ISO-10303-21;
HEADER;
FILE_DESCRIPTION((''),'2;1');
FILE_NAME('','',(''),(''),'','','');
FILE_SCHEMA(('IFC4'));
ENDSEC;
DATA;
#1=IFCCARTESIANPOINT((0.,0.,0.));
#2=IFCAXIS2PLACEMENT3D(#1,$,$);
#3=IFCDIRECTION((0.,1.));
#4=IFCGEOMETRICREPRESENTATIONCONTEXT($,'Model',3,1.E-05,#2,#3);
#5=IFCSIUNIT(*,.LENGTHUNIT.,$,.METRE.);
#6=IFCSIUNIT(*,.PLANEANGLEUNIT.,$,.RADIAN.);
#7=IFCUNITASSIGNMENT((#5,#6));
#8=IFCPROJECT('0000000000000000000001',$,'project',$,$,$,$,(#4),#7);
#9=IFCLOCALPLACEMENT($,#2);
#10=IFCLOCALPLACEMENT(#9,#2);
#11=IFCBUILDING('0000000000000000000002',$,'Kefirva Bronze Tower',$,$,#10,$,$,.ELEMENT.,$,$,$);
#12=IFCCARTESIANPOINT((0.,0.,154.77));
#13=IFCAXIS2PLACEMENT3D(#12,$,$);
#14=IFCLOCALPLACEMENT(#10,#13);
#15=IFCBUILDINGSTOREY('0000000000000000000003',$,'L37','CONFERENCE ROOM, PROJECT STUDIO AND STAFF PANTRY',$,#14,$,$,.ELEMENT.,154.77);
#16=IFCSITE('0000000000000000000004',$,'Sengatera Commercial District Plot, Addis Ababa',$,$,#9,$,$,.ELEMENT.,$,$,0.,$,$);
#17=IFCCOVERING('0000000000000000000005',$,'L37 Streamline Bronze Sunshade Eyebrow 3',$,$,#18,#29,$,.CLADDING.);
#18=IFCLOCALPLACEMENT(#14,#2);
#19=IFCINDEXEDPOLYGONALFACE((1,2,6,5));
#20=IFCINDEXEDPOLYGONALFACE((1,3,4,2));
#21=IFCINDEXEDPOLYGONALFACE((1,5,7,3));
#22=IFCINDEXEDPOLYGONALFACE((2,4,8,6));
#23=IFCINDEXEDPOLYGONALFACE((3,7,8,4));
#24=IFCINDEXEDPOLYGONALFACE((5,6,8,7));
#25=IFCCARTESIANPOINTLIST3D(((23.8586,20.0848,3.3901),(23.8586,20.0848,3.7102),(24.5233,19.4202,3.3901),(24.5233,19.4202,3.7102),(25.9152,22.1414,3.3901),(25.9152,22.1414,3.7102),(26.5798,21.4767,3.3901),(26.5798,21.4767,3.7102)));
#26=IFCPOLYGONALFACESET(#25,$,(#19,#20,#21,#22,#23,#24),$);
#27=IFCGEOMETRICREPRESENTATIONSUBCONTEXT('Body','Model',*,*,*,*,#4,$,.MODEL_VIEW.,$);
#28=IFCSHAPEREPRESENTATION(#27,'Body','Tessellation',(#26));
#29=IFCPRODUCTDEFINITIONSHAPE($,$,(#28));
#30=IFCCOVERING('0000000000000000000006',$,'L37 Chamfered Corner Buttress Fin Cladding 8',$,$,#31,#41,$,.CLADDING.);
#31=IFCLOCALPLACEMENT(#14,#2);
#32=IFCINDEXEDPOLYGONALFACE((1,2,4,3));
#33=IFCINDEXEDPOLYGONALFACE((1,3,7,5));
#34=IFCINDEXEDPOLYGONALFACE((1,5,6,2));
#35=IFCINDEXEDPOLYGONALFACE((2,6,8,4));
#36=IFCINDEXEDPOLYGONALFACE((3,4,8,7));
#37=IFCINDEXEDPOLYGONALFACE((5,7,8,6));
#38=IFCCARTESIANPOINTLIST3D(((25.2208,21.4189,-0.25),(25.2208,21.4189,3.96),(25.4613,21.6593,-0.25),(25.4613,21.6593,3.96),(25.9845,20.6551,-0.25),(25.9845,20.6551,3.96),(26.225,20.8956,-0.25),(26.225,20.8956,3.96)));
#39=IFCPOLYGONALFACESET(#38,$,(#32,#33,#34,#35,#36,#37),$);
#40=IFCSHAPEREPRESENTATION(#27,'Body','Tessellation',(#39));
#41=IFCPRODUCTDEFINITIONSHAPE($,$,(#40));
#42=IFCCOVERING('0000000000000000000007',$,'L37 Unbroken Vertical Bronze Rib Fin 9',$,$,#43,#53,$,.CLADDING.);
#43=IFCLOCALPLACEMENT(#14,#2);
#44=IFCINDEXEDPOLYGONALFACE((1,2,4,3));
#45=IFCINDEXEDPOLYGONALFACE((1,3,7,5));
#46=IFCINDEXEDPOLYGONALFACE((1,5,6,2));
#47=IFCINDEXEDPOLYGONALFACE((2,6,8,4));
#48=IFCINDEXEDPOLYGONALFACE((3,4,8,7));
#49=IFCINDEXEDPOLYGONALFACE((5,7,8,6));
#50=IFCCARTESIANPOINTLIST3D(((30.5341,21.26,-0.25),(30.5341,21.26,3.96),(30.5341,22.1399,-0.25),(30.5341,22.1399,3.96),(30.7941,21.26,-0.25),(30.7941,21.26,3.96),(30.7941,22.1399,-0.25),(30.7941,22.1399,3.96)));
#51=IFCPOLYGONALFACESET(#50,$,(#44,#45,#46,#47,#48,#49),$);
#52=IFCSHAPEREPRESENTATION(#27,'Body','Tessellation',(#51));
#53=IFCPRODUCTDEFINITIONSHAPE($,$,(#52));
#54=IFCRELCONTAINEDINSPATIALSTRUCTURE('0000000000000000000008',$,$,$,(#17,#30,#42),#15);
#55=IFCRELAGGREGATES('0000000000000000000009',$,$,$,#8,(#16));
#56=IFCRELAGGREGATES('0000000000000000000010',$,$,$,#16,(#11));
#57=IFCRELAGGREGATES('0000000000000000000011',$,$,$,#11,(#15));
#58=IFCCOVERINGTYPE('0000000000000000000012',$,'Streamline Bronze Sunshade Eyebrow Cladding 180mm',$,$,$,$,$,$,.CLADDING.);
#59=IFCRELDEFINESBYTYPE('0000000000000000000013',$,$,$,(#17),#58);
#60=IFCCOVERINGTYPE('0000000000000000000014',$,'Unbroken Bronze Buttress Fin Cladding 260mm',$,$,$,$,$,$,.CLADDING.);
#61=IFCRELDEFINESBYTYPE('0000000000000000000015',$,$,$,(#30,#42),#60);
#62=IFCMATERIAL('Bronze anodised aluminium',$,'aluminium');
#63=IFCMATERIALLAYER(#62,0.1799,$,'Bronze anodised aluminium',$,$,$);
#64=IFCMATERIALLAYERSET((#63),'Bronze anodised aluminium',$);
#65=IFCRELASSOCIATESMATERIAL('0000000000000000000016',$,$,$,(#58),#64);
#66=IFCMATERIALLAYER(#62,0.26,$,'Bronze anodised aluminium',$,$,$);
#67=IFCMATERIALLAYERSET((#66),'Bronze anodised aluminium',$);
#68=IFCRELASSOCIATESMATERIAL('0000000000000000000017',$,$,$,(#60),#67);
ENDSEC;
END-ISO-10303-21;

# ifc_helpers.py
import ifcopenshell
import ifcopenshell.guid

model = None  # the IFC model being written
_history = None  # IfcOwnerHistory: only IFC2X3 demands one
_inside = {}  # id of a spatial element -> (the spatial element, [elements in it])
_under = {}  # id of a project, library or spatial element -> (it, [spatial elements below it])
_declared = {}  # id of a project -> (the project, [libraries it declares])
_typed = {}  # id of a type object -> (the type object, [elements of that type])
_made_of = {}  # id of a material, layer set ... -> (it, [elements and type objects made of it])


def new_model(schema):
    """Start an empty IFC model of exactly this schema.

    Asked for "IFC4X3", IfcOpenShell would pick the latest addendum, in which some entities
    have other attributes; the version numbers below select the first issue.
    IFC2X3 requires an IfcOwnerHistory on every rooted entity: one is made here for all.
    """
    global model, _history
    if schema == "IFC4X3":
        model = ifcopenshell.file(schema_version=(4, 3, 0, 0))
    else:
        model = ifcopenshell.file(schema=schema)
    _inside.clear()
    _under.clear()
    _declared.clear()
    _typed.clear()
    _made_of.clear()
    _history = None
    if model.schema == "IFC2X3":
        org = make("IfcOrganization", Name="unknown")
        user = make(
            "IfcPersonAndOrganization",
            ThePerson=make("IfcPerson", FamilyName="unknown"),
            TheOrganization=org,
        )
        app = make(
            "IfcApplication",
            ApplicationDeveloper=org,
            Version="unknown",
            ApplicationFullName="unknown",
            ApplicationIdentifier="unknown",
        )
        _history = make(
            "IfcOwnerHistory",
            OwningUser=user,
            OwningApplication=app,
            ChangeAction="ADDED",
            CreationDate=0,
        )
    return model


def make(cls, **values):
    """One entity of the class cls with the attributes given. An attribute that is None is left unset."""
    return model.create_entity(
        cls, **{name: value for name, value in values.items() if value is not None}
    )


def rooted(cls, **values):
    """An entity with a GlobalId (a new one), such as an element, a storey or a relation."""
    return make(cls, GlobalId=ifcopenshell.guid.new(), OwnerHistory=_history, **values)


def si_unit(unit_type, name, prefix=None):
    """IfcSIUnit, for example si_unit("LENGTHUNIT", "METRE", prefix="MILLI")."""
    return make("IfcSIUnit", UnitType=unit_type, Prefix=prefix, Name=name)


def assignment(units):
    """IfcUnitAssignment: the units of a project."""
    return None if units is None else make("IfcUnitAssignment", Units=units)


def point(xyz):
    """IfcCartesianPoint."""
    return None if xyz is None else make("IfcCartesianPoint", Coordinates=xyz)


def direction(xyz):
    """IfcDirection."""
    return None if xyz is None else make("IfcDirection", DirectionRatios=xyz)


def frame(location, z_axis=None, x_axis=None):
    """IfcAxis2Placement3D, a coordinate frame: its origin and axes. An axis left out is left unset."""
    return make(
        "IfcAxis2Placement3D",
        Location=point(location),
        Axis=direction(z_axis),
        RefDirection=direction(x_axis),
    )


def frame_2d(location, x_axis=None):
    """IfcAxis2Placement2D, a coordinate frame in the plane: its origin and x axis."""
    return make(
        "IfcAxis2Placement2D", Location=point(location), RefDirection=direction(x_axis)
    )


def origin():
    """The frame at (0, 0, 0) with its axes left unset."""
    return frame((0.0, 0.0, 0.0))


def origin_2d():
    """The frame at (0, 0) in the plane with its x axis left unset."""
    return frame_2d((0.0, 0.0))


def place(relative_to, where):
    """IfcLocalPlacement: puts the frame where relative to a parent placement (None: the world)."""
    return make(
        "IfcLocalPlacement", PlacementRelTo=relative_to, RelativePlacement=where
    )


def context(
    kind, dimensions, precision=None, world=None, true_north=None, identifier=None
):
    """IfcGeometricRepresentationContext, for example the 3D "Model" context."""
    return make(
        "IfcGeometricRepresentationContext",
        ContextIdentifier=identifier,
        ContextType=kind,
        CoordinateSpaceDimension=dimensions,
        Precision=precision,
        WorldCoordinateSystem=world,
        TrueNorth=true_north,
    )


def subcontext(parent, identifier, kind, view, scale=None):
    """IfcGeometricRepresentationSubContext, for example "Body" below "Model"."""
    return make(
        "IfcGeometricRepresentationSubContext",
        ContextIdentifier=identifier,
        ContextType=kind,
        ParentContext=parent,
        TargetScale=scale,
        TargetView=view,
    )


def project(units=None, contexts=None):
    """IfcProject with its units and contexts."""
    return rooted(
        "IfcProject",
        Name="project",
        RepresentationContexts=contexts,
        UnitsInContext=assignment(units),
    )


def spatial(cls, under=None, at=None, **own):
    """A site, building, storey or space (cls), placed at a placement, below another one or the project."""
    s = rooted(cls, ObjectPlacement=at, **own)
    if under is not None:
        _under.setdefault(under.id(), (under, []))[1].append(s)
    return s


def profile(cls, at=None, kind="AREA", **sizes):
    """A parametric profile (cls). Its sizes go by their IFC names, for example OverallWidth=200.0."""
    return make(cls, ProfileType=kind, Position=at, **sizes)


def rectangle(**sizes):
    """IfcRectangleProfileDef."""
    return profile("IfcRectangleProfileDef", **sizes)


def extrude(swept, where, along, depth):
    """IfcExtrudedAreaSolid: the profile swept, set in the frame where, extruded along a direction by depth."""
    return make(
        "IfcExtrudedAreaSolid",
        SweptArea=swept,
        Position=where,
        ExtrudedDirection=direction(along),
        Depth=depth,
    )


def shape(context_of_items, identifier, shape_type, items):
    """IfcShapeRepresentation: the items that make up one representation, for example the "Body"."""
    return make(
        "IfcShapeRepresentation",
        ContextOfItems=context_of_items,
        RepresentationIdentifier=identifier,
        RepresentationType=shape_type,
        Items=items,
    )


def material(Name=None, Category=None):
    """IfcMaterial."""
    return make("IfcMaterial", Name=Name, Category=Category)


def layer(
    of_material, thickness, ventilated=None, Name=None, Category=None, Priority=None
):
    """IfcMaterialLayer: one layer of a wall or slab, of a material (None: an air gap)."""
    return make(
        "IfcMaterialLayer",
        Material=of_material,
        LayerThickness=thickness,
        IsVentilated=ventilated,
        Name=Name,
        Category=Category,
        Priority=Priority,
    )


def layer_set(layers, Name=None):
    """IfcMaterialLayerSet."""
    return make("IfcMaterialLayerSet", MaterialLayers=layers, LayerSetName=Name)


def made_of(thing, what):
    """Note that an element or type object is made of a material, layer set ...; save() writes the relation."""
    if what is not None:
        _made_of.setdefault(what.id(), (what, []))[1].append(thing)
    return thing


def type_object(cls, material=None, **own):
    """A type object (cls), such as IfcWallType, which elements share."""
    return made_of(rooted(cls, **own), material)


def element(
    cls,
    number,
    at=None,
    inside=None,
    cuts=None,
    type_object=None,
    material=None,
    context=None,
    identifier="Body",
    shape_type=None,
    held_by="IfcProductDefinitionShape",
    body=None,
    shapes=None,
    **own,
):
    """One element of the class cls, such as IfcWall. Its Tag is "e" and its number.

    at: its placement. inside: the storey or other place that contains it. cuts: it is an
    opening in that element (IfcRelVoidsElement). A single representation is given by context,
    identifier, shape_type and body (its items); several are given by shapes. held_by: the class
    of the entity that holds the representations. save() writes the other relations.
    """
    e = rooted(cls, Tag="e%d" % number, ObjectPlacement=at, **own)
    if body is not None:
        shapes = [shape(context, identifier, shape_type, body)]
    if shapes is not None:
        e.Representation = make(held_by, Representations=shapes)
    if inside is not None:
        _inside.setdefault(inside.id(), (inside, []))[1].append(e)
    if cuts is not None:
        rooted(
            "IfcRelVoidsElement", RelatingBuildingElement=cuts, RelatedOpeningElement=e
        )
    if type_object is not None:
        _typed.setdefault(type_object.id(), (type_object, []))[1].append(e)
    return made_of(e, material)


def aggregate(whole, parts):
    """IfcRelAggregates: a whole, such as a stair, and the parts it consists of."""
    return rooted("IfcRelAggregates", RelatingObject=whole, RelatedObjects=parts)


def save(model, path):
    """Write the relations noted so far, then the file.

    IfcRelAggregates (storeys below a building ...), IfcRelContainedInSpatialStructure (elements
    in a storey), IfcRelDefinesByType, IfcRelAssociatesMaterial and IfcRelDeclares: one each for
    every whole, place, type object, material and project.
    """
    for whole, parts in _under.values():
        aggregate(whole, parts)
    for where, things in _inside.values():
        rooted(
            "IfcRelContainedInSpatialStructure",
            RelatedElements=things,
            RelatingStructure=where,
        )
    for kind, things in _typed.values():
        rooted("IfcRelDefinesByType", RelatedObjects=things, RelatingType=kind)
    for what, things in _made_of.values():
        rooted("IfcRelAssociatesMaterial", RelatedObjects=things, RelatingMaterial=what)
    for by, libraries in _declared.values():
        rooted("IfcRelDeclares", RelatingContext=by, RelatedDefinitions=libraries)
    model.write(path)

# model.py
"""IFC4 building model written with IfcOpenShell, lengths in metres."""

from ifc_helpers import new_model, si_unit, direction, frame, origin, origin_2d, place, context, subcontext, project, spatial, rectangle, extrude, material, layer, layer_set, type_object, element, save


model = new_model("IFC4")

# Units and contexts
model_context = context("Model", 3, precision=1e-05, world=origin(), true_north=direction((0.0, 1.0)))
body_context = subcontext(model_context, "Body", "Model", "MODEL_VIEW")
ifc_project = project(units=[si_unit("LENGTHUNIT", "METRE"), si_unit("PLANEANGLEUNIT", "RADIAN")], contexts=[model_context])

# Site, building, storey
site_placement = place(None, origin())
site = spatial("IfcSite", under=ifc_project, at=site_placement, Name="Sengatera Commercial District Plot, Addis Ababa", CompositionType="ELEMENT", RefElevation=0.0)
building_placement = place(site_placement, origin())
building = spatial("IfcBuilding", under=site, at=building_placement, Name="Kefirva Bronze Tower", CompositionType="ELEMENT")
storey_placement = place(building_placement, frame((0.0, 0.0, 154.77)))
storey = spatial("IfcBuildingStorey", under=building, at=storey_placement, Name="L37", Description="CONFERENCE ROOM, PROJECT STUDIO AND STAFF PANTRY", CompositionType="ELEMENT", Elevation=154.77)

# Shared definitions
ifc_material_1 = material(Name="Bronze anodised aluminium", Category="aluminium")

# Coverings
ifc_layer_1 = layer(ifc_material_1, 0.1799, Name="Bronze anodised aluminium")
ifc_layer_set_1 = layer_set([ifc_layer_1], Name="Bronze anodised aluminium")
covering_type_1 = type_object("IfcCoveringType", Name="Streamline Bronze Sunshade Eyebrow Cladding 180mm", PredefinedType="CLADDING", material=ifc_layer_set_1)
covering_1_placement = place(storey_placement, frame((25.2192, 20.7808, 3.3901), z_axis=(0.0, 0.0, 1.0), x_axis=(0.707107, 0.707107, 0.0)))
element("IfcCovering", 1, at=covering_1_placement, inside=storey, type_object=covering_type_1, Name="L37 Streamline Bronze Sunshade Eyebrow 3", PredefinedType="CLADDING", context=body_context, shape_type="SweptSolid", body=[
    extrude(rectangle(XDim=2.9084, YDim=0.9399, at=origin_2d()), origin(), (0.0, 0.0, 1.0), 0.3201),
])
ifc_layer_2 = layer(ifc_material_1, 0.26, Name="Bronze anodised aluminium")
ifc_layer_set_2 = layer_set([ifc_layer_2], Name="Bronze anodised aluminium")
covering_type_2 = type_object("IfcCoveringType", Name="Unbroken Bronze Buttress Fin Cladding 260mm", PredefinedType="CLADDING", material=ifc_layer_set_2)
covering_2_placement = place(storey_placement, frame((25.7229, 21.1572, -0.25), z_axis=(0.0, 0.0, 1.0), x_axis=(0.707107, 0.707107, 0.0)))
element("IfcCovering", 2, at=covering_2_placement, inside=storey, type_object=covering_type_2, Name="L37 Chamfered Corner Buttress Fin Cladding 8", PredefinedType="CLADDING", context=body_context, shape_type="SweptSolid", body=[
    extrude(rectangle(XDim=0.3401, YDim=1.0801, at=origin_2d()), origin(), (0.0, 0.0, 1.0), 4.21),
])
covering_3_placement = place(storey_placement, frame((30.6641, 21.7, -0.25), z_axis=(0.0, 0.0, 1.0), x_axis=(1.0, 0.0, 0.0)))
element("IfcCovering", 3, at=covering_3_placement, inside=storey, type_object=covering_type_2, Name="L37 Unbroken Vertical Bronze Rib Fin 9", PredefinedType="CLADDING", context=body_context, shape_type="SweptSolid", body=[
    extrude(rectangle(XDim=0.26, YDim=0.8799, at=origin_2d()), origin(), (0.0, 0.0, 1.0), 4.21),
])

save(model, "model.ifc")
